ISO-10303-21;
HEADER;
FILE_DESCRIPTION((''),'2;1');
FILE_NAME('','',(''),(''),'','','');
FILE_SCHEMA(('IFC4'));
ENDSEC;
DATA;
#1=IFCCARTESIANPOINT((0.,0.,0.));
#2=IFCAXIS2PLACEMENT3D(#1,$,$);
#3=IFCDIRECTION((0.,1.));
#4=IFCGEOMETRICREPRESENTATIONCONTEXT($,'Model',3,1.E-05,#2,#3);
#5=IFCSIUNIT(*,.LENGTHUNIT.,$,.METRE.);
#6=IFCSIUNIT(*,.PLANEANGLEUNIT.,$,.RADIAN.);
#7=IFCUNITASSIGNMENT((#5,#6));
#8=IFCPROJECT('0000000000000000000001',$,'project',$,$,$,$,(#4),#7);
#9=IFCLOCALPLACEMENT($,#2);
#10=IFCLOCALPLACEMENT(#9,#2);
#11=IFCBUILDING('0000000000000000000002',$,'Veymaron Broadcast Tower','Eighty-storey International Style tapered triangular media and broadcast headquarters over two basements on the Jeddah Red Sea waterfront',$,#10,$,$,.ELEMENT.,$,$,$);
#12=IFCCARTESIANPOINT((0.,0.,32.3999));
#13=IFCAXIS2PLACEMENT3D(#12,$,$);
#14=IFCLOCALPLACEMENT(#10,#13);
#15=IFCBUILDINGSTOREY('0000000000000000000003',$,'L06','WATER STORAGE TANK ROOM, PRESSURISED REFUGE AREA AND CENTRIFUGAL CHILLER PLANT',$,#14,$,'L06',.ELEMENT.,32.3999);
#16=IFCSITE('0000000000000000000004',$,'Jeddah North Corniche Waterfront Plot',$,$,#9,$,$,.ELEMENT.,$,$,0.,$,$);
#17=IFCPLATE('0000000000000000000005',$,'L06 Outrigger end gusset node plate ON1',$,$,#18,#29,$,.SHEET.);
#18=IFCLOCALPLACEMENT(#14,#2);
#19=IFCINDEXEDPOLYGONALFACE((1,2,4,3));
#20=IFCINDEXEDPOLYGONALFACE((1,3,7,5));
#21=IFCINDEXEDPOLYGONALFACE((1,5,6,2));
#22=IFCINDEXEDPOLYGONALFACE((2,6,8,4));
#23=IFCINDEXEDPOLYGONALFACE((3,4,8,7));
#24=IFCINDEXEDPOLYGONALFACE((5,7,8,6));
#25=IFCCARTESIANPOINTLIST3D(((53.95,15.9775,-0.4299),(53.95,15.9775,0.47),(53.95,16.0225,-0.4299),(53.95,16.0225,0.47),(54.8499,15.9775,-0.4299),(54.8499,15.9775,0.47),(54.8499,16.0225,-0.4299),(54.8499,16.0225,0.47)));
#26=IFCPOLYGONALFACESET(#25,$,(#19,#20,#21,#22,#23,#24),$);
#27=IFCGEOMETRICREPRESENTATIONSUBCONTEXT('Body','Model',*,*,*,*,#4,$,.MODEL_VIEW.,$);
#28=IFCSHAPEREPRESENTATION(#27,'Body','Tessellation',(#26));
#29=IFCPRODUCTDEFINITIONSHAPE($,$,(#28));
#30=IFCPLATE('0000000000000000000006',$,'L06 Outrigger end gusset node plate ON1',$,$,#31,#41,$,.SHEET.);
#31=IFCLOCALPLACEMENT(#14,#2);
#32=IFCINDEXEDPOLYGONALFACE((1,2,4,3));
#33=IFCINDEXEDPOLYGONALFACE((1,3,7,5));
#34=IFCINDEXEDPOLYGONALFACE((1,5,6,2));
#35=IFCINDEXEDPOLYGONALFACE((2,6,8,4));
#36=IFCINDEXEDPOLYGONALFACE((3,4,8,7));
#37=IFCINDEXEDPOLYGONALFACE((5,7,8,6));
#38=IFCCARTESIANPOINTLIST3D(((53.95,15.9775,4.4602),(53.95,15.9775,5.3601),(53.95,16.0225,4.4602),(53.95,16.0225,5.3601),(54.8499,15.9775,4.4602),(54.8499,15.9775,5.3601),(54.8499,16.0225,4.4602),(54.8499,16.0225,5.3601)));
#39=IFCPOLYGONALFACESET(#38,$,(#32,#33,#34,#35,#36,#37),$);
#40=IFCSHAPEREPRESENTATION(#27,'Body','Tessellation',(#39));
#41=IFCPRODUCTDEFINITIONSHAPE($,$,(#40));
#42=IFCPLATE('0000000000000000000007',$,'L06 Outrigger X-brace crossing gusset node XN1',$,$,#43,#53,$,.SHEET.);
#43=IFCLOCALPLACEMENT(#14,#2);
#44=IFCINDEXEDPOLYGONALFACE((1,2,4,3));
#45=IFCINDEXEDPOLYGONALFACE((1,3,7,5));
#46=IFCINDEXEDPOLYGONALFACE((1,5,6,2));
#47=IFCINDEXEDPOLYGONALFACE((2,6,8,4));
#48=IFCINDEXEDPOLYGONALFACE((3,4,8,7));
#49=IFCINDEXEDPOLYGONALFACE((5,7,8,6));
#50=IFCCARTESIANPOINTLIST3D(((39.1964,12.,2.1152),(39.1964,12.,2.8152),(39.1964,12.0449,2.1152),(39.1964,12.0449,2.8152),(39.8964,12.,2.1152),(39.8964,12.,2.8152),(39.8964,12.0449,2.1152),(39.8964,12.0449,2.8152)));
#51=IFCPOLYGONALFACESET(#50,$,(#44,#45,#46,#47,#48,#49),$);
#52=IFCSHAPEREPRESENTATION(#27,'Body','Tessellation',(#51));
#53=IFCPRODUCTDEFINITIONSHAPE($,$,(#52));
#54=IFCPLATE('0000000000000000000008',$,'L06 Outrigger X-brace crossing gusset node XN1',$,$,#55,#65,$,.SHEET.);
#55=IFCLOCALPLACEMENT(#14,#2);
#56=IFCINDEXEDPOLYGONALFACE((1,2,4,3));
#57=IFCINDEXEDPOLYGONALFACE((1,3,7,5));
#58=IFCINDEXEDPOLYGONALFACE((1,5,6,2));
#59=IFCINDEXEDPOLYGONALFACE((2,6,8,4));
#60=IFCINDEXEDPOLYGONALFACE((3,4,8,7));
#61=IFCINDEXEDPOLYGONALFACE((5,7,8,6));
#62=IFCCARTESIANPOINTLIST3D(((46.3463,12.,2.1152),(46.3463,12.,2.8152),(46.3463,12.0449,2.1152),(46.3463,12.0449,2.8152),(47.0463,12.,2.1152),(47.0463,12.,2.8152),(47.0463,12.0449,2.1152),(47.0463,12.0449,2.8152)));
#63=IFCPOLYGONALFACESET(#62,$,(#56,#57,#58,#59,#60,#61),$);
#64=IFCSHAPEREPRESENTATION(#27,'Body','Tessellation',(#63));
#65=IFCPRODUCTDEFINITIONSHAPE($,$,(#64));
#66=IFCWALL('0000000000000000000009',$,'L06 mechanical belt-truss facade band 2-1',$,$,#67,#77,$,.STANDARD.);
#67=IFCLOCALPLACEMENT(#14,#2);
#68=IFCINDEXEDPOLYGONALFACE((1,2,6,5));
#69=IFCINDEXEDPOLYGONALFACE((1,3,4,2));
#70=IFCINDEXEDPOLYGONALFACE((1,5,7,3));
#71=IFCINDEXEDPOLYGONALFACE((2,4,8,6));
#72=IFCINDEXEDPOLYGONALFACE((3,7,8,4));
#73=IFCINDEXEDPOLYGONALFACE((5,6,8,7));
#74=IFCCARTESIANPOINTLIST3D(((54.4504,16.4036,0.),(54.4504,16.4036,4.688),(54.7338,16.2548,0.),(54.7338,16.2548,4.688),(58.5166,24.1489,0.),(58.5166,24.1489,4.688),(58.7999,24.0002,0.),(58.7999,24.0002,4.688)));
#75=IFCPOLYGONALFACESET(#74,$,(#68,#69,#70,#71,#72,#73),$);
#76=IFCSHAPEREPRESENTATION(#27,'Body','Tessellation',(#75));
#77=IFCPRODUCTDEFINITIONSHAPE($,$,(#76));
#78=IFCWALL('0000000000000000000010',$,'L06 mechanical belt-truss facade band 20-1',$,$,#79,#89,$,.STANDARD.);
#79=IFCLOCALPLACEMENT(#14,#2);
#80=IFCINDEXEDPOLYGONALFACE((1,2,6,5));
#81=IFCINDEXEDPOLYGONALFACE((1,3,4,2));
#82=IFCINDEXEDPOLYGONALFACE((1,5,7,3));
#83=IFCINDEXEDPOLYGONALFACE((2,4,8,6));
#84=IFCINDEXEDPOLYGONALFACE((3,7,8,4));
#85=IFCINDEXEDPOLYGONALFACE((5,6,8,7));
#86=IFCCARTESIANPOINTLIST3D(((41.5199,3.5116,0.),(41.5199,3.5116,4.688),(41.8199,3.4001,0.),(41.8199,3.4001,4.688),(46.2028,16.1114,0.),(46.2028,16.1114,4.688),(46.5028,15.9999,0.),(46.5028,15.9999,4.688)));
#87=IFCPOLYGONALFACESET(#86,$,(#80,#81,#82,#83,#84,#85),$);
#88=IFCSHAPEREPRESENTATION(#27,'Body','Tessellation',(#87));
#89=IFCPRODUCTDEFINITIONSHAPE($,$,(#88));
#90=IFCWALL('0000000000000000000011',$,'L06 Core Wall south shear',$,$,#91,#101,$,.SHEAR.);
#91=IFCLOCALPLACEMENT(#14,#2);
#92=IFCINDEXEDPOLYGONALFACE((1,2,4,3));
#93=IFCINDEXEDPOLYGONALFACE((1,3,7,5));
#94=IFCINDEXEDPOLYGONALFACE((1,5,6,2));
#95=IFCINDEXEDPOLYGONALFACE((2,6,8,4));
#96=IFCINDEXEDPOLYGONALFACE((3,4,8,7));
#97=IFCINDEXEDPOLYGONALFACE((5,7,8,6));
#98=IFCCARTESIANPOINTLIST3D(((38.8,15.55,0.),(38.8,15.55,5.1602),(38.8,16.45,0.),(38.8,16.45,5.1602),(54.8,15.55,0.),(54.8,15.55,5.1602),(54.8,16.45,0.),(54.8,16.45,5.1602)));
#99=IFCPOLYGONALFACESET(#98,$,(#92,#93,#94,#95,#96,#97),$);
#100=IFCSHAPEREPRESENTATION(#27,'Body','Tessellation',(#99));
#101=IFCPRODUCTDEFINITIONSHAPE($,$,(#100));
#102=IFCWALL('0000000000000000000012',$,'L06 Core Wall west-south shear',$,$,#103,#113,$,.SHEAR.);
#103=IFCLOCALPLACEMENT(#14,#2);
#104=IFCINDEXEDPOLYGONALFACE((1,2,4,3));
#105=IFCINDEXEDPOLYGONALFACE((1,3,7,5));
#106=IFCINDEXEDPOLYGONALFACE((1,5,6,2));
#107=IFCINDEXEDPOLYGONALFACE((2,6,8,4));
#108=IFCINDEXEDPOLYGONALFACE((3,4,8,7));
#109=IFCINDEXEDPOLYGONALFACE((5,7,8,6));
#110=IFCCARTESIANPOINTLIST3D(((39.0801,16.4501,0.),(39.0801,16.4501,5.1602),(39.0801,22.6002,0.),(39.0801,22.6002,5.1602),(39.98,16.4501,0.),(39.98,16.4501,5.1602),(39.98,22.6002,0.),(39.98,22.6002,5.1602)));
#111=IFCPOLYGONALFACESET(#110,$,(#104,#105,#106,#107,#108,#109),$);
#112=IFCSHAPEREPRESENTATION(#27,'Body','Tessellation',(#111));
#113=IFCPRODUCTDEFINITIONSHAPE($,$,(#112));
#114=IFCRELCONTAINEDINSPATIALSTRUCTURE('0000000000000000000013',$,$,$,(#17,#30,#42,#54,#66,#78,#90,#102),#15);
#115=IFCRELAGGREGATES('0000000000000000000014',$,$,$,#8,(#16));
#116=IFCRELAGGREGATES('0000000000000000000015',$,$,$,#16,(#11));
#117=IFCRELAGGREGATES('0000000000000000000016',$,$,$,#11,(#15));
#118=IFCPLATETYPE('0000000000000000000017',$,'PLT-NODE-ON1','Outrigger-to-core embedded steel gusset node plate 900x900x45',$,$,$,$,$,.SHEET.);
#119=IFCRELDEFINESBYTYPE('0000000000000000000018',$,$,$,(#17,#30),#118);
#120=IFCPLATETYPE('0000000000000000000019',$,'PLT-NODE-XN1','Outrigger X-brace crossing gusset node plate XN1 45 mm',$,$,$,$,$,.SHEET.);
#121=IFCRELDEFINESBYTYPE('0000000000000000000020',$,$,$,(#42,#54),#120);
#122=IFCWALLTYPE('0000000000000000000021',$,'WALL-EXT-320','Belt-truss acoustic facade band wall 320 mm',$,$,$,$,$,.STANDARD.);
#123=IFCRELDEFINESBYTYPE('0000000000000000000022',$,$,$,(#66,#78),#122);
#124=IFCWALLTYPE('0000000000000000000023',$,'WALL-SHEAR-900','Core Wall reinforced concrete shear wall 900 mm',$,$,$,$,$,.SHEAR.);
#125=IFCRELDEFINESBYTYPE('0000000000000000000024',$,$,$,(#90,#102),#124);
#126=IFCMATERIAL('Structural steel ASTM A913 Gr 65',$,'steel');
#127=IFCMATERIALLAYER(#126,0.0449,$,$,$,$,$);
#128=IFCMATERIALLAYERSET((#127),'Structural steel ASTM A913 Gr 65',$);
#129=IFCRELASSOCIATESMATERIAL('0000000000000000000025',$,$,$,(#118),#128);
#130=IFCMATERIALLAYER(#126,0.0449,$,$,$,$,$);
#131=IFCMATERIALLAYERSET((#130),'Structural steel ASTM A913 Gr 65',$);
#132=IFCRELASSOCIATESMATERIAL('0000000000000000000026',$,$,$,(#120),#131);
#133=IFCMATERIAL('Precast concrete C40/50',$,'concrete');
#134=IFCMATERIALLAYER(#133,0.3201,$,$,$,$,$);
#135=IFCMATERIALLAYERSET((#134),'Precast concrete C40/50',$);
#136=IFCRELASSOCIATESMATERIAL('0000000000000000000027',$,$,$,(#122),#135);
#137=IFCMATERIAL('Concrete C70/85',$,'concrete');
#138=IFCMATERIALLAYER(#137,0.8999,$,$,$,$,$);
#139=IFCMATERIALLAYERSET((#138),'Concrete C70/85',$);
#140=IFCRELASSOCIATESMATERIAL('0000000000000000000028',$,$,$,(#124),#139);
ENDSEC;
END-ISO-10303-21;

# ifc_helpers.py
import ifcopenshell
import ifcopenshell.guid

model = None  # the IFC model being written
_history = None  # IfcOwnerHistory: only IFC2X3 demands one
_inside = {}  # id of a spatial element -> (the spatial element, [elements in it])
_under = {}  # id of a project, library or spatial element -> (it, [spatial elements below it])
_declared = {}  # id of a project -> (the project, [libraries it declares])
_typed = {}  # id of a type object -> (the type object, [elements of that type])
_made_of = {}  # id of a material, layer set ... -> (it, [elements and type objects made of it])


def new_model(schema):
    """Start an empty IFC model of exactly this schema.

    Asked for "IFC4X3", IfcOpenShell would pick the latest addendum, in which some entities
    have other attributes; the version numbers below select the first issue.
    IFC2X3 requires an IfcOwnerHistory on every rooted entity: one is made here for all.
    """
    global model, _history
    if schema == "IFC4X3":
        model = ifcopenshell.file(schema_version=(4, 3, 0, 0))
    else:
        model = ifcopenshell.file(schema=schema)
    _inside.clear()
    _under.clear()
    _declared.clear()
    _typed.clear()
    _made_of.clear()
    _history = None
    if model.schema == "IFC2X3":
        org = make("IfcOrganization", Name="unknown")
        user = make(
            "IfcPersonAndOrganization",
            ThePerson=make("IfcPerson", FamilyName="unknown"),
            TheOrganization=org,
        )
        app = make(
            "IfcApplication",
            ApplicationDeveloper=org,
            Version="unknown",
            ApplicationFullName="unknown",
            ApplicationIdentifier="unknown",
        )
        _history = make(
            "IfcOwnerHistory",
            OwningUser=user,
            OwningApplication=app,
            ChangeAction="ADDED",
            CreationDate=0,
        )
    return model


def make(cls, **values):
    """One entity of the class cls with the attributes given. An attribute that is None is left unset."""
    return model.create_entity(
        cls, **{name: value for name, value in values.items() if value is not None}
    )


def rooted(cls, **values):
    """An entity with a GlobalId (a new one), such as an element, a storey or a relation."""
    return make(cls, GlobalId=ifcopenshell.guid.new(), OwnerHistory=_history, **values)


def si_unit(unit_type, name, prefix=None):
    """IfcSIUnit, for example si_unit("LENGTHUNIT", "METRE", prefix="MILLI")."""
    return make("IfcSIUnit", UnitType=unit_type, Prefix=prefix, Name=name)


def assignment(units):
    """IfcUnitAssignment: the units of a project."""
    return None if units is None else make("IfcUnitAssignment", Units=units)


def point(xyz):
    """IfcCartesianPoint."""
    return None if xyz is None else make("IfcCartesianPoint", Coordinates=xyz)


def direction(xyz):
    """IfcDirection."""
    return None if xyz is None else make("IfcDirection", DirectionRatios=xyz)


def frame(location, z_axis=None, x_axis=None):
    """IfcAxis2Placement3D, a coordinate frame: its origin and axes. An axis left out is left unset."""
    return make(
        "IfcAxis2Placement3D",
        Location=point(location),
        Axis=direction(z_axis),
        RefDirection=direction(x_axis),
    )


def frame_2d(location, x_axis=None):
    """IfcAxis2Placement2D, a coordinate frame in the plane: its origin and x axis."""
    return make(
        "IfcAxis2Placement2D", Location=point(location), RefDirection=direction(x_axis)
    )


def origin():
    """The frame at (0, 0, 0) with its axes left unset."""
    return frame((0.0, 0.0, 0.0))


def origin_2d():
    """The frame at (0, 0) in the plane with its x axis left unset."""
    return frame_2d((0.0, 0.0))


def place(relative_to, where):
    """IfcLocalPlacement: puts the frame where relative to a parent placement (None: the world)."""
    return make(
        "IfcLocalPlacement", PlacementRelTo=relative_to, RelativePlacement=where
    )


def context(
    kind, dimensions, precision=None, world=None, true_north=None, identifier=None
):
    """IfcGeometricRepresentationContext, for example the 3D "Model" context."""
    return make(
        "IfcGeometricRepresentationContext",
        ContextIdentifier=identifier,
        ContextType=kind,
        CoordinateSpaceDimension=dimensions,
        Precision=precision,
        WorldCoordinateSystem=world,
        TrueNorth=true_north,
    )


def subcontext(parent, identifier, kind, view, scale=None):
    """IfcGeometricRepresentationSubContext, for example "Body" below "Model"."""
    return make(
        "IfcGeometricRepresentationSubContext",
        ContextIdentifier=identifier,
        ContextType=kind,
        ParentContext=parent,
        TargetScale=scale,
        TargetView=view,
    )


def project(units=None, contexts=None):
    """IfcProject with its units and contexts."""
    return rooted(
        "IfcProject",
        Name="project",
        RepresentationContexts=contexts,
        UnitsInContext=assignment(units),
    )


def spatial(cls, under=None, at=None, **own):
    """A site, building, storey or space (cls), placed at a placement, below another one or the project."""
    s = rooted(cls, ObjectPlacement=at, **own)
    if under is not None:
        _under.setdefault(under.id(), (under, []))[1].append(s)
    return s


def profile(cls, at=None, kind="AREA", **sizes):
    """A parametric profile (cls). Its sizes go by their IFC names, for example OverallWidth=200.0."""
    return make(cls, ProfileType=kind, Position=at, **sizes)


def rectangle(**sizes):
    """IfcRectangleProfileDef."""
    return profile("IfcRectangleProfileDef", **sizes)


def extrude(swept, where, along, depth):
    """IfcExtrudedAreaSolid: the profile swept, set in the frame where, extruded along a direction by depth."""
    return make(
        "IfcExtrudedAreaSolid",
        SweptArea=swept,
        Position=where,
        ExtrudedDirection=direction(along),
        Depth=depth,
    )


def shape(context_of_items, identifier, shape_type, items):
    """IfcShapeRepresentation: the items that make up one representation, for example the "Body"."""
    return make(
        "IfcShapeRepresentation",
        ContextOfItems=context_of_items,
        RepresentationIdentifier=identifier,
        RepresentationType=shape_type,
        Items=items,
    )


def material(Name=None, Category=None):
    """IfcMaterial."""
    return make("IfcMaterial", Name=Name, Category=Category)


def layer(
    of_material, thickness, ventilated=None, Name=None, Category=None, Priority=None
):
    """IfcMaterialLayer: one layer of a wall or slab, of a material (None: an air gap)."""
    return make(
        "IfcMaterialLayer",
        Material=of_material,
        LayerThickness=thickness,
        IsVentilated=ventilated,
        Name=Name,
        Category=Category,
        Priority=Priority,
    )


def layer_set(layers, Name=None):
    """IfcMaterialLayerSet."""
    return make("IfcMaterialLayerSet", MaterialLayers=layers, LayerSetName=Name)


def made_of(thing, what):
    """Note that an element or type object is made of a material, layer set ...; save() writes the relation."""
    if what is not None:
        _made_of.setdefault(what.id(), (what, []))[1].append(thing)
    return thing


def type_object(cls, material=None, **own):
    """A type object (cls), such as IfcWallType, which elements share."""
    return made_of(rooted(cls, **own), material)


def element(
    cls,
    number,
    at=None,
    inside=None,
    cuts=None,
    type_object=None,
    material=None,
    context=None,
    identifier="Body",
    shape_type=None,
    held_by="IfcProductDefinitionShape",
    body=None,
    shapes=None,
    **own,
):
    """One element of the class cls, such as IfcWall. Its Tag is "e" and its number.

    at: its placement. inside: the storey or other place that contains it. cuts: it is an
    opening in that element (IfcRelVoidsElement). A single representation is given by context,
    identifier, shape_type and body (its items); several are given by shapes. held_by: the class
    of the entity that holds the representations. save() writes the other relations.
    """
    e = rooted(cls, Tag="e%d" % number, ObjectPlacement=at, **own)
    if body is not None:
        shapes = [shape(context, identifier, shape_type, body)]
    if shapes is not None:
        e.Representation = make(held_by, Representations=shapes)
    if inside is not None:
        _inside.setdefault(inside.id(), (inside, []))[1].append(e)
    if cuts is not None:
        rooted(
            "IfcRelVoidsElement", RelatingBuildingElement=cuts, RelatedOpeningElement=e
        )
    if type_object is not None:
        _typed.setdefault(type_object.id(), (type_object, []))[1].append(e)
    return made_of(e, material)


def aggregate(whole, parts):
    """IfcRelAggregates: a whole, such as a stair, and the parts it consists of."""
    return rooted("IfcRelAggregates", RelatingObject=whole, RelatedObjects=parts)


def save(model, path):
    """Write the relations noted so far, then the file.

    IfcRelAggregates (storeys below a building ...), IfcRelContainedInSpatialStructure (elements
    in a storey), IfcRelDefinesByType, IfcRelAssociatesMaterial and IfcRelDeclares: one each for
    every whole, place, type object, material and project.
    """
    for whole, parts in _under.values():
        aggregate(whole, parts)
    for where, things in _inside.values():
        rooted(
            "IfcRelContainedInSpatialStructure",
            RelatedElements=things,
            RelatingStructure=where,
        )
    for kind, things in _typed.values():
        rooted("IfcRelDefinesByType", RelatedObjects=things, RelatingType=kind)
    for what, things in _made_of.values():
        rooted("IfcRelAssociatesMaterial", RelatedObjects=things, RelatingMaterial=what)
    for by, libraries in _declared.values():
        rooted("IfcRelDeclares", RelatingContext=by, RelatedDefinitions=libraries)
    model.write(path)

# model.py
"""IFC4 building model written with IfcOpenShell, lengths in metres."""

from ifc_helpers import new_model, si_unit, direction, frame, frame_2d, origin, origin_2d, place, context, subcontext, project, spatial, rectangle, extrude, material, layer, layer_set, type_object, element, save


model = new_model("IFC4")

# Units and contexts
model_context = context("Model", 3, precision=1e-05, world=origin(), true_north=direction((0.0, 1.0)))
body_context = subcontext(model_context, "Body", "Model", "MODEL_VIEW")
ifc_project = project(units=[si_unit("LENGTHUNIT", "METRE"), si_unit("PLANEANGLEUNIT", "RADIAN")], contexts=[model_context])

# Site, building, storey
site_placement = place(None, origin())
site = spatial("IfcSite", under=ifc_project, at=site_placement, Name="Jeddah North Corniche Waterfront Plot", CompositionType="ELEMENT", RefElevation=0.0)
building_placement = place(site_placement, origin())
building = spatial("IfcBuilding", under=site, at=building_placement, Name="Veymaron Broadcast Tower", Description="Eighty-storey International Style tapered triangular media and broadcast headquarters over two basements on the Jeddah Red Sea waterfront", CompositionType="ELEMENT")
storey_placement = place(building_placement, frame((0.0, 0.0, 32.3999)))
storey = spatial("IfcBuildingStorey", under=building, at=storey_placement, Name="L06", Description="WATER STORAGE TANK ROOM, PRESSURISED REFUGE AREA AND CENTRIFUGAL CHILLER PLANT", LongName="L06", CompositionType="ELEMENT", Elevation=32.3999)

# Shared definitions
ifc_material_1 = material(Name="Structural steel ASTM A913 Gr 65", Category="steel")

# Plates
ifc_layer_1 = layer(ifc_material_1, 0.0449)
ifc_layer_set_1 = layer_set([ifc_layer_1], Name="Structural steel ASTM A913 Gr 65")
plate_type_1 = type_object("IfcPlateType", Name="PLT-NODE-ON1", Description="Outrigger-to-core embedded steel gusset node plate 900x900x45", PredefinedType="SHEET", material=ifc_layer_set_1)
for number, where, z_axis, x_axis, name in (
    (1, (54.3999, 16.0, -0.4299), (0.0, 0.0, 1.0), (1.0, 0.0, 0.0), "L06 Outrigger end gusset node plate ON1"),
    (2, (54.3999, 16.0, 4.4602), (0.0, 0.0, 1.0), (1.0, 0.0, 0.0), "L06 Outrigger end gusset node plate ON1"),
):
    element("IfcPlate", number, at=place(storey_placement, frame(where, z_axis=z_axis, x_axis=x_axis)), inside=storey, type_object=plate_type_1, Name=name, PredefinedType="SHEET", context=body_context, shape_type="SweptSolid", body=[
        extrude(rectangle(XDim=0.8999, YDim=0.0449, at=origin_2d()), origin(), (0.0, 0.0, 1.0), 0.8999),
    ])
ifc_layer_2 = layer(ifc_material_1, 0.0449)
ifc_layer_set_2 = layer_set([ifc_layer_2], Name="Structural steel ASTM A913 Gr 65")
plate_type_2 = type_object("IfcPlateType", Name="PLT-NODE-XN1", Description="Outrigger X-brace crossing gusset node plate XN1 45 mm", PredefinedType="SHEET", material=ifc_layer_set_2)
for number, where, z_axis, x_axis, name in (
    (3, (39.5464, 12.0225, 2.1152), (0.0, 0.0, 1.0), (1.0, 0.0, 0.0), "L06 Outrigger X-brace crossing gusset node XN1"),
    (4, (46.6963, 12.0225, 2.1152), (0.0, 0.0, 1.0), (1.0, 0.0, 0.0), "L06 Outrigger X-brace crossing gusset node XN1"),
):
    element("IfcPlate", number, at=place(storey_placement, frame(where, z_axis=z_axis, x_axis=x_axis)), inside=storey, type_object=plate_type_2, Name=name, PredefinedType="SHEET", context=body_context, shape_type="SweptSolid", body=[
        extrude(rectangle(XDim=0.7, YDim=0.0449, at=origin_2d()), origin(), (0.0, 0.0, 1.0), 0.7),
    ])

# Walls
ifc_material_2 = material(Name="Precast concrete C40/50", Category="concrete")
ifc_layer_3 = layer(ifc_material_2, 0.3201)
ifc_layer_set_3 = layer_set([ifc_layer_3], Name="Precast concrete C40/50")
wall_type_1 = type_object("IfcWallType", Name="WALL-EXT-320", Description="Belt-truss acoustic facade band wall 320 mm", PredefinedType="STANDARD", material=ifc_layer_set_3)
wall_1_placement = place(storey_placement, frame((54.592, 16.3291, 0.0), z_axis=(0.0, 0.0, 1.0), x_axis=(0.46482, 0.885405, 0.0)))
element("IfcWall", 5, at=wall_1_placement, inside=storey, type_object=wall_type_1, Name="L06 mechanical belt-truss facade band 2-1", PredefinedType="STANDARD", context=body_context, shape_type="SweptSolid", body=[
    extrude(rectangle(XDim=8.7478, YDim=0.3201, at=frame_2d((4.374, 0.0))), origin(), (0.0, 0.0, 1.0), 4.688),
])
wall_2_placement = place(storey_placement, frame((41.6699, 3.4558, 0.0), z_axis=(0.0, 0.0, 1.0), x_axis=(0.348377, 0.937354, 0.0)))
element("IfcWall", 6, at=wall_2_placement, inside=storey, type_object=wall_type_1, Name="L06 mechanical belt-truss facade band 20-1", PredefinedType="STANDARD", context=body_context, shape_type="SweptSolid", body=[
    extrude(rectangle(XDim=13.4419, YDim=0.3201, at=frame_2d((6.7209, 0.0))), origin(), (0.0, 0.0, 1.0), 4.688),
])
ifc_material_3 = material(Name="Concrete C70/85", Category="concrete")
ifc_layer_4 = layer(ifc_material_3, 0.8999)
ifc_layer_set_4 = layer_set([ifc_layer_4], Name="Concrete C70/85")
wall_type_2 = type_object("IfcWallType", Name="WALL-SHEAR-900", Description="Core Wall reinforced concrete shear wall 900 mm", PredefinedType="SHEAR", material=ifc_layer_set_4)
wall_3_placement = place(storey_placement, frame((38.8, 16.0, 0.0), z_axis=(0.0, 0.0, 1.0), x_axis=(1.0, 0.0, 0.0)))
element("IfcWall", 7, at=wall_3_placement, inside=storey, type_object=wall_type_2, Name="L06 Core Wall south shear", PredefinedType="SHEAR", context=body_context, shape_type="SweptSolid", body=[
    extrude(rectangle(XDim=16.0, YDim=0.8999, at=frame_2d((8.0, 0.0))), origin(), (0.0, 0.0, 1.0), 5.1602),
])
wall_4_placement = place(storey_placement, frame((39.53, 16.45, 0.0), z_axis=(0.0, 0.0, 1.0), x_axis=(0.0, 1.0, 0.0)))
element("IfcWall", 8, at=wall_4_placement, inside=storey, type_object=wall_type_2, Name="L06 Core Wall west-south shear", PredefinedType="SHEAR", context=body_context, shape_type="SweptSolid", body=[
    extrude(rectangle(XDim=6.1501, YDim=0.8999, at=frame_2d((3.0752, 0.0))), origin(), (0.0, 0.0, 1.0), 5.1602),
])

save(model, "model.ifc")
